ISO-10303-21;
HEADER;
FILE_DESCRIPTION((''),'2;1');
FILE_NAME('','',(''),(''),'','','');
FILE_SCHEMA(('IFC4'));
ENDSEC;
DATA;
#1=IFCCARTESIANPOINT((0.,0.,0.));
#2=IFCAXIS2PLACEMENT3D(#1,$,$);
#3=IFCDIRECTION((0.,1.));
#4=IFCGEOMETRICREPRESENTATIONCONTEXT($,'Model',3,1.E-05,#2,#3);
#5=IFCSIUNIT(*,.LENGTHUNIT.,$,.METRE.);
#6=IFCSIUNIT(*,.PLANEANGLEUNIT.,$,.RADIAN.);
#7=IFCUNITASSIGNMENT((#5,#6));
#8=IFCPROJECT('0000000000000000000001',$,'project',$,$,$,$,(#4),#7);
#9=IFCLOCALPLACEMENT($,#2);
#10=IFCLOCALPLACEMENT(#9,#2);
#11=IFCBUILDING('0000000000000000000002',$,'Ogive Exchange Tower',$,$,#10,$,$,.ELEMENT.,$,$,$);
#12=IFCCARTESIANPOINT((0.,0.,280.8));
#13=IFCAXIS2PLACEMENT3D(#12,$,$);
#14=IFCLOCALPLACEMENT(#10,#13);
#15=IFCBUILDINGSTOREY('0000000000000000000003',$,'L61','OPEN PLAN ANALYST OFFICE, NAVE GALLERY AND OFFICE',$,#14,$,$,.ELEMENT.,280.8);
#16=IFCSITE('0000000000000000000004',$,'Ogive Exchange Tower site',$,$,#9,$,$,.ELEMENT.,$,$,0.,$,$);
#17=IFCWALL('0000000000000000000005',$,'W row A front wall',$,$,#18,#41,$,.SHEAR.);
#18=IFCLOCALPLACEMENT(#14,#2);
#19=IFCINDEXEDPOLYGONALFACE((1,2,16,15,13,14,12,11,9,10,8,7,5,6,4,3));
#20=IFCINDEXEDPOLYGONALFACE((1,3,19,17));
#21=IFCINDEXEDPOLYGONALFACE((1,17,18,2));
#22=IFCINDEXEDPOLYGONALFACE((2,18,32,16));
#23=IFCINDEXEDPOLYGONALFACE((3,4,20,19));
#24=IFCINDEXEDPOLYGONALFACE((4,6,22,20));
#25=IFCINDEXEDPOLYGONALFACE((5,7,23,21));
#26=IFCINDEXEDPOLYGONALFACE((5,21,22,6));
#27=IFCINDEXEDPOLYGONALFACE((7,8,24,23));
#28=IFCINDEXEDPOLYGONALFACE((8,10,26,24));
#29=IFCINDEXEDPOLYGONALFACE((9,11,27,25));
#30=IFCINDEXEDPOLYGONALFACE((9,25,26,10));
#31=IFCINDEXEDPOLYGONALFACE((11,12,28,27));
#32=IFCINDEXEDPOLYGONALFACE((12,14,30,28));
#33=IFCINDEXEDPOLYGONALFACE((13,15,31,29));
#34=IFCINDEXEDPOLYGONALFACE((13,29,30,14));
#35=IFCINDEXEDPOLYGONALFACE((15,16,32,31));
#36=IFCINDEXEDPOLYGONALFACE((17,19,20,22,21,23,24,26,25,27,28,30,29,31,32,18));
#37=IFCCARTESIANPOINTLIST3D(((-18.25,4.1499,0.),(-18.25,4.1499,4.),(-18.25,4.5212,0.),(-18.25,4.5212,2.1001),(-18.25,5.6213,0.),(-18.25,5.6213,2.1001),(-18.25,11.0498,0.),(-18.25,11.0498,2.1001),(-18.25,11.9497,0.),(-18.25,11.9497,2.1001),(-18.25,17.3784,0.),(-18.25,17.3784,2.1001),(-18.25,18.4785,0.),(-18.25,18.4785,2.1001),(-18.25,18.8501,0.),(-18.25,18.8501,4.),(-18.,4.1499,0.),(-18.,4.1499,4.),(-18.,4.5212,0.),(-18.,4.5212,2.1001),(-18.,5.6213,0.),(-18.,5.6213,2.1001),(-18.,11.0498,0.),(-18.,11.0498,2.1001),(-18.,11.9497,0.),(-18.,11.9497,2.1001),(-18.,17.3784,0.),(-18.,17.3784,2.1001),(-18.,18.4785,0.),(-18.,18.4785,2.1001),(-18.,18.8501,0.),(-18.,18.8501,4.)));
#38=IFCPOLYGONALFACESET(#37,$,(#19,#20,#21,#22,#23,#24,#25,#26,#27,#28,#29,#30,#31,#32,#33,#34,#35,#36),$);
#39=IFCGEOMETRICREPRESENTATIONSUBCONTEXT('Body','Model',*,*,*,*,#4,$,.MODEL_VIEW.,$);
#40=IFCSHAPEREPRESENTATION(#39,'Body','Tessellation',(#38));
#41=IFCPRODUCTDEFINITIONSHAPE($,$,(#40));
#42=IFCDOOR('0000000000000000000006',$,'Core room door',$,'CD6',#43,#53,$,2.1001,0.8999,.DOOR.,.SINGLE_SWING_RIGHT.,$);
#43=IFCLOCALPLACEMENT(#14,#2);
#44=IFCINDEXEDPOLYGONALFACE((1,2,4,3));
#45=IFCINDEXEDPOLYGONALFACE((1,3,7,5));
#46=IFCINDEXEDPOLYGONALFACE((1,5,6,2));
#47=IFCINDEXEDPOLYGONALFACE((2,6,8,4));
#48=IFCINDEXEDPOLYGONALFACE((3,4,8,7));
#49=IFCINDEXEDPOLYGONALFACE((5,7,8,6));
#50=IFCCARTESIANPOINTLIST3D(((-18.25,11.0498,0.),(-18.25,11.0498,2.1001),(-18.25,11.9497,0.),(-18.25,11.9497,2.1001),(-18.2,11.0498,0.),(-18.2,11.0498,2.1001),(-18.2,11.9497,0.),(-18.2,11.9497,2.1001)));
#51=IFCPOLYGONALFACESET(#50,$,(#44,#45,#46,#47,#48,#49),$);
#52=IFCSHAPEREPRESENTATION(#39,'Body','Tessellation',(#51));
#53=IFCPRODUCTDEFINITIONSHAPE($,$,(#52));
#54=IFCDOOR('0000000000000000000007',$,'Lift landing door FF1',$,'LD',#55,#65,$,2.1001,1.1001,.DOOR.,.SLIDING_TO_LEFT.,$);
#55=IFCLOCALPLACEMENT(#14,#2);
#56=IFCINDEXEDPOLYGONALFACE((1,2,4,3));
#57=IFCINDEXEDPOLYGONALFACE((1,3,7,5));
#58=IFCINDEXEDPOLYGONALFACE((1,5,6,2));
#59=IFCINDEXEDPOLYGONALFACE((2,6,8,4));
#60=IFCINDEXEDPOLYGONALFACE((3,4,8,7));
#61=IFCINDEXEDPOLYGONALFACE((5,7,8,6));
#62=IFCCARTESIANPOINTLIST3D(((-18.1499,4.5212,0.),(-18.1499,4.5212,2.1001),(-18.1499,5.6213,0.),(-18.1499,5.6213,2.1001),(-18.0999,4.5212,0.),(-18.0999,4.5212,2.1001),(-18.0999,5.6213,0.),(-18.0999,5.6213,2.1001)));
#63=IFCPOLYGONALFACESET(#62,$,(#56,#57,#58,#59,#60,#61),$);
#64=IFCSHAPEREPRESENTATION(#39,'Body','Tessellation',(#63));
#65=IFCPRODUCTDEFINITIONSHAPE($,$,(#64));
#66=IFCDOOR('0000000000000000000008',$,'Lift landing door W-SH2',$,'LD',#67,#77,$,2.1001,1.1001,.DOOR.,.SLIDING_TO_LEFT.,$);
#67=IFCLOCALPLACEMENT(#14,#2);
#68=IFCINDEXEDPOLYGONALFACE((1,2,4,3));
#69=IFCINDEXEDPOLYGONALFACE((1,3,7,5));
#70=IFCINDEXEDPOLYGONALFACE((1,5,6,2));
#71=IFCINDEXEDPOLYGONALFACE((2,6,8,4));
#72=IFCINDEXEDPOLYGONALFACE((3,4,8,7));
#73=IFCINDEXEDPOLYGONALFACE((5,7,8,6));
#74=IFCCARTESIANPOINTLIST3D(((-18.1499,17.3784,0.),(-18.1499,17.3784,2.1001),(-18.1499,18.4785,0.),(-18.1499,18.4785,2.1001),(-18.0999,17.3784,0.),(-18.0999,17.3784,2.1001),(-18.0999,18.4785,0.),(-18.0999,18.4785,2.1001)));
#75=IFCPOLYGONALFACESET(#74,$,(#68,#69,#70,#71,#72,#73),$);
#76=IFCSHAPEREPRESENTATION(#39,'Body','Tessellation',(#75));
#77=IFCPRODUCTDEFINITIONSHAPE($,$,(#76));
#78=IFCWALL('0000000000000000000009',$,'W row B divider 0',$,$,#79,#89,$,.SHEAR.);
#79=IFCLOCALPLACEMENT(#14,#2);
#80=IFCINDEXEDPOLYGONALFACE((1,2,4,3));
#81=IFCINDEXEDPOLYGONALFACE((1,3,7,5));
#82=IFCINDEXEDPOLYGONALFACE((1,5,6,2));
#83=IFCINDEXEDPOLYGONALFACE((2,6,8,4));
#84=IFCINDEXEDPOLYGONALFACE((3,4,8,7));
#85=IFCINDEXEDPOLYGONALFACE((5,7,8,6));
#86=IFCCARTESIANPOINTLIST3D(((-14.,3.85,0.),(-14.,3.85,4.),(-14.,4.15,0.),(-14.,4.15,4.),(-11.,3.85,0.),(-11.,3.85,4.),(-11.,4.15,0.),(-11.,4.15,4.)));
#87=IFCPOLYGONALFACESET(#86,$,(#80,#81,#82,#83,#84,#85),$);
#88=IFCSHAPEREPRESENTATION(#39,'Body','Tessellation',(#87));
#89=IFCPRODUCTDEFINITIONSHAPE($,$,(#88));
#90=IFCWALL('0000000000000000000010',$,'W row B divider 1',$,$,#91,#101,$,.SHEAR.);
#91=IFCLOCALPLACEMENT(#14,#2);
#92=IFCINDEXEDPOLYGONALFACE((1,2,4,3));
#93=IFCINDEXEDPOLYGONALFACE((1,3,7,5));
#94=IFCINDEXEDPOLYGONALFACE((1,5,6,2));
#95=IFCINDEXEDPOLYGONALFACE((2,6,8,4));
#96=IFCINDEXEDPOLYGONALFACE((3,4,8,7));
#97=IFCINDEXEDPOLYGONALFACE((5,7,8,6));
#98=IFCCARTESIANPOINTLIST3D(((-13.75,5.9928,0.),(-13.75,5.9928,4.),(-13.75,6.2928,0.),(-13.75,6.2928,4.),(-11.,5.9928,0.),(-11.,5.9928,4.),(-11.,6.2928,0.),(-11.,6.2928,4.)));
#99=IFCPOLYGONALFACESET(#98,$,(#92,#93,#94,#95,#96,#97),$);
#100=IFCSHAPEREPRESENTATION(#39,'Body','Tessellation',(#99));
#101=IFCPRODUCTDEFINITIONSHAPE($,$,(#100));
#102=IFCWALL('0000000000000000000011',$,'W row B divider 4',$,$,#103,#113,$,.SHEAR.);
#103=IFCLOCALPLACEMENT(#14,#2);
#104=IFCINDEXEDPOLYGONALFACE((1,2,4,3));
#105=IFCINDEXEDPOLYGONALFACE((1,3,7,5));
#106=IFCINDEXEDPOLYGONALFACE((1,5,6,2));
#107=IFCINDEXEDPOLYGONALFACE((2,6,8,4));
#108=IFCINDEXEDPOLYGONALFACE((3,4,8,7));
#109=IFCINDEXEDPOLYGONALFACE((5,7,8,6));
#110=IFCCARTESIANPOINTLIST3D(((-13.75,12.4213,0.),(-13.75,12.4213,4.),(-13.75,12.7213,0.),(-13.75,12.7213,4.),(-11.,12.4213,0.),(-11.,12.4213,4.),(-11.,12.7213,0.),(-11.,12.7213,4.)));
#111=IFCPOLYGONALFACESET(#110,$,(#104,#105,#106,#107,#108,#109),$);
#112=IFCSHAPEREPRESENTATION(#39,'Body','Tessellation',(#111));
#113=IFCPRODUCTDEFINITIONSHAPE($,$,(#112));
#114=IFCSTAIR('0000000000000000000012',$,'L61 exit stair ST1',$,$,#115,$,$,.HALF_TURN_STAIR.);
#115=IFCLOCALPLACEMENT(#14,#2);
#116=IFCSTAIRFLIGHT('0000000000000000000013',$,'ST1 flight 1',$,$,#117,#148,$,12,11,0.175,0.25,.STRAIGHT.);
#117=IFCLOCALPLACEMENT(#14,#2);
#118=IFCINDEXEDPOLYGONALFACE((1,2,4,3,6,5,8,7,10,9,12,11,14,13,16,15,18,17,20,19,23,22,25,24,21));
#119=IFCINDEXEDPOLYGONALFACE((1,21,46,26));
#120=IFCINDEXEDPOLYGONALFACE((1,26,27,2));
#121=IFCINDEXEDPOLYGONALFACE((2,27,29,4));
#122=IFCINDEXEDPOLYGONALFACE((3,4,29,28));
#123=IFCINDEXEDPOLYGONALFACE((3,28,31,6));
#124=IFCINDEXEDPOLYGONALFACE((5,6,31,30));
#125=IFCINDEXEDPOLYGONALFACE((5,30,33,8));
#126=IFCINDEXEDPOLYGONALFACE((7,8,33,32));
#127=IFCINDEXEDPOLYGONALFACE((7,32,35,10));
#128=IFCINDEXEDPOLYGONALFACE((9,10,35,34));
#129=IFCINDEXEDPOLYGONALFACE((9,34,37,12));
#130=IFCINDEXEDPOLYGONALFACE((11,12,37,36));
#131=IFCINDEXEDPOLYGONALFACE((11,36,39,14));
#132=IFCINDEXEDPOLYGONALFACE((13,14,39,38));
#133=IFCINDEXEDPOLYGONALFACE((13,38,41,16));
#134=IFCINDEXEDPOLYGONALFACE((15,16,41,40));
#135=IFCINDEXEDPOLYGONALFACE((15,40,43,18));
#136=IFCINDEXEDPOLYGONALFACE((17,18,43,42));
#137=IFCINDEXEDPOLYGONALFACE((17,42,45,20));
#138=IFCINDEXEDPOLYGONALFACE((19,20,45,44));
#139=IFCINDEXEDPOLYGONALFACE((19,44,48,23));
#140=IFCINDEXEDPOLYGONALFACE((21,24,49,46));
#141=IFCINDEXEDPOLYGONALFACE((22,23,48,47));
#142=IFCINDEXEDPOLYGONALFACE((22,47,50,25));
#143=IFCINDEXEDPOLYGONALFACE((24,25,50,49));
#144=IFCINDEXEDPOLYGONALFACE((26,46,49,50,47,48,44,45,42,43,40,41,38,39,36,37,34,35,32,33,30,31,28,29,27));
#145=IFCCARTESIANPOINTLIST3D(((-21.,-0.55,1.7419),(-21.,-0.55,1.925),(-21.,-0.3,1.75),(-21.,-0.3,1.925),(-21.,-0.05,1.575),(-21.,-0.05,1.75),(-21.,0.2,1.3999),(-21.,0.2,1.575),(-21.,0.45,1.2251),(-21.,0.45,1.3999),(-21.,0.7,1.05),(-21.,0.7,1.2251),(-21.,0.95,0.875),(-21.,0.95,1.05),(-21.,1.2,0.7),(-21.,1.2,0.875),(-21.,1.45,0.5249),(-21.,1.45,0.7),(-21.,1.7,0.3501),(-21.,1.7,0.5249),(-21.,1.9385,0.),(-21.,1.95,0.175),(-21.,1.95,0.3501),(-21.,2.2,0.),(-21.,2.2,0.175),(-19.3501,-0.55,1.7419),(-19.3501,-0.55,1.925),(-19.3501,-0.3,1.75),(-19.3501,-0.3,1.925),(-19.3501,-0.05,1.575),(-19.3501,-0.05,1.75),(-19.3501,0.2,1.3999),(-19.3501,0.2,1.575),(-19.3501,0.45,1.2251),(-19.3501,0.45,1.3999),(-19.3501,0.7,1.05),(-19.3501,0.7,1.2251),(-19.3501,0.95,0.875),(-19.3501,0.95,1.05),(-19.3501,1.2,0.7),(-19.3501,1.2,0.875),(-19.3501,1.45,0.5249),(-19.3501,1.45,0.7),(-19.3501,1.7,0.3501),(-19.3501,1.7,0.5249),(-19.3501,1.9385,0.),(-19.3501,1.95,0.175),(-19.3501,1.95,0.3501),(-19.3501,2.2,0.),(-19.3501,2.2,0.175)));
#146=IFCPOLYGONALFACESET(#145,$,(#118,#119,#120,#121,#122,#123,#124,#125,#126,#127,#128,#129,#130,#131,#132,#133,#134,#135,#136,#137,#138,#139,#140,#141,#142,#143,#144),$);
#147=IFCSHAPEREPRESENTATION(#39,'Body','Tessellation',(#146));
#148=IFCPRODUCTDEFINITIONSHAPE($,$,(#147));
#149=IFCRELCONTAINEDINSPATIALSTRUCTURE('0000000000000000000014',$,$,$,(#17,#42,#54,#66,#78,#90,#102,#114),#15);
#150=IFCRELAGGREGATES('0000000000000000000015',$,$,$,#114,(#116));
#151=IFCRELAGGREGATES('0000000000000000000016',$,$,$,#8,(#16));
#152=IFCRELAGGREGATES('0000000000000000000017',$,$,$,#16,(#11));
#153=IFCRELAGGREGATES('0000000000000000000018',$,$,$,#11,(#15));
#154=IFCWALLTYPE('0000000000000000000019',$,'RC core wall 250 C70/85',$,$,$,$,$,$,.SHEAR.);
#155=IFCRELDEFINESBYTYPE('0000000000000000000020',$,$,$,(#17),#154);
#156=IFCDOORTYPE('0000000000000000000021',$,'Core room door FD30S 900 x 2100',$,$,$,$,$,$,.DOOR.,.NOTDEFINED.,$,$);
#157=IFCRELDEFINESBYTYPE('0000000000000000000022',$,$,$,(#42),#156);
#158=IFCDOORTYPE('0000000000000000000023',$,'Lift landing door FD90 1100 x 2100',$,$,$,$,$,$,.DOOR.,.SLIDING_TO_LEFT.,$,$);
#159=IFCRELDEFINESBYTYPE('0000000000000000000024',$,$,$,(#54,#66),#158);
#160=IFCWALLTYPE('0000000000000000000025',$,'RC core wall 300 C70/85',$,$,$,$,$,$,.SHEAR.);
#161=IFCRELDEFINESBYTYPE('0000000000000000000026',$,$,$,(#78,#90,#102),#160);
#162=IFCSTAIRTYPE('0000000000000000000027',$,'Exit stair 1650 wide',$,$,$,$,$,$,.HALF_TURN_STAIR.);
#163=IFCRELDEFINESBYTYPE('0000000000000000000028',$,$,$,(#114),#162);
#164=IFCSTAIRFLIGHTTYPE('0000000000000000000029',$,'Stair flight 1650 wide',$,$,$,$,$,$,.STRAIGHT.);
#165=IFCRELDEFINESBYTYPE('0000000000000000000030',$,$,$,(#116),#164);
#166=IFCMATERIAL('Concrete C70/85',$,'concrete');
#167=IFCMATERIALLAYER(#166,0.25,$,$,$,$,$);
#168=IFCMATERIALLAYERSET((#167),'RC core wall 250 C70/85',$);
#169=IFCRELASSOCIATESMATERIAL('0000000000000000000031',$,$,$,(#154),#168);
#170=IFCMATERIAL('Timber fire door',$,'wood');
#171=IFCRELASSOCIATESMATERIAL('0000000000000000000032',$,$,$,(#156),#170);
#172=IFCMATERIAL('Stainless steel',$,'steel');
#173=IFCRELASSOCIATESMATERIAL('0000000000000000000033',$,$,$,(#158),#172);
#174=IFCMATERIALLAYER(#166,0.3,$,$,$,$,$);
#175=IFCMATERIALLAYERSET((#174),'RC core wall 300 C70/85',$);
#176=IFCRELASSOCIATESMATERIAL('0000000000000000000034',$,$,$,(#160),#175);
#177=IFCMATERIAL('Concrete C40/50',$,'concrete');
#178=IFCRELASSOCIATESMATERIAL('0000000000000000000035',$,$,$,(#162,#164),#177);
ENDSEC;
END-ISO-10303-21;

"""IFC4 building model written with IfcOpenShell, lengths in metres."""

from ifc_helpers import new_model, si_unit, direction, frame, frame_2d, origin, place, context, subcontext, project, spatial, polyline, rectangle, outline, extrude, material, layer, layer_set, type_object, element, fill, aggregate, save


model = new_model("IFC4")

# Units and contexts
model_context = context("Model", 3, precision=1e-05, world=origin(), true_north=direction((0.0, 1.0)))
body_context = subcontext(model_context, "Body", "Model", "MODEL_VIEW")
ifc_project = project(units=[si_unit("LENGTHUNIT", "METRE"), si_unit("PLANEANGLEUNIT", "RADIAN")], contexts=[model_context])

# Site, building, storey
site_placement = place(None, origin())
site = spatial("IfcSite", under=ifc_project, at=site_placement, Name="Ogive Exchange Tower site", CompositionType="ELEMENT", RefElevation=0.0)
building_placement = place(site_placement, origin())
building = spatial("IfcBuilding", under=site, at=building_placement, Name="Ogive Exchange Tower", CompositionType="ELEMENT")
storey_placement = place(building_placement, frame((0.0, 0.0, 280.8)))
storey = spatial("IfcBuildingStorey", under=building, at=storey_placement, Name="L61", Description="OPEN PLAN ANALYST OFFICE, NAVE GALLERY AND OFFICE", CompositionType="ELEMENT", Elevation=280.8)

# Shared definitions
ifc_material_1 = material(Name="Concrete C70/85", Category="concrete")

# Wall, openings, doors
ifc_layer_1 = layer(ifc_material_1, 0.25)
ifc_layer_set_1 = layer_set([ifc_layer_1], Name="RC core wall 250 C70/85")
wall_type_1 = type_object("IfcWallType", Name="RC core wall 250 C70/85", PredefinedType="SHEAR", material=ifc_layer_set_1)
wall_1_placement = place(storey_placement, frame((-18.125, 4.1499, 0.0), z_axis=(0.0, 0.0, 1.0), x_axis=(0.0, 1.0, 0.0)))
wall_1 = element("IfcWall", 1, at=wall_1_placement, inside=storey, type_object=wall_type_1, Name="W row A front wall", PredefinedType="SHEAR", context=body_context, shape_type="SweptSolid", body=[
    extrude(rectangle(XDim=14.7002, YDim=0.25, at=frame_2d((7.3501, 0.0))), origin(), (0.0, 0.0, 1.0), 4.0),
])
opening_1_placement = place(wall_1_placement, frame((6.8999, 0.0, 0.0)))
opening_1 = element("IfcOpeningElement", 2, at=opening_1_placement, cuts=wall_1, PredefinedType="OPENING", context=body_context, shape_type="SweptSolid", body=[
    extrude(rectangle(XDim=0.8999, YDim=2.1001, at=frame_2d((0.45, 1.05))), frame((0.0, 0.135, 0.0), z_axis=(0.0, -1.0, 0.0), x_axis=(1.0, 0.0, 0.0)), (0.0, 0.0, 1.0), 0.27),
])
opening_2_placement = place(wall_1_placement, frame((0.3713, 0.0, 0.0)))
opening_2 = element("IfcOpeningElement", 3, at=opening_2_placement, cuts=wall_1, PredefinedType="OPENING", context=body_context, shape_type="SweptSolid", body=[
    extrude(rectangle(XDim=1.1001, YDim=2.1001, at=frame_2d((0.55, 1.05))), frame((0.0, 0.135, 0.0), z_axis=(0.0, -1.0, 0.0), x_axis=(1.0, 0.0, 0.0)), (0.0, 0.0, 1.0), 0.27),
])
opening_3_placement = place(wall_1_placement, frame((13.2285, 0.0, 0.0)))
opening_3 = element("IfcOpeningElement", 4, at=opening_3_placement, cuts=wall_1, PredefinedType="OPENING", context=body_context, shape_type="SweptSolid", body=[
    extrude(rectangle(XDim=1.1001, YDim=2.1001, at=frame_2d((0.55, 1.05))), frame((0.0, 0.135, 0.0), z_axis=(0.0, -1.0, 0.0), x_axis=(1.0, 0.0, 0.0)), (0.0, 0.0, 1.0), 0.27),
])
ifc_material_2 = material(Name="Timber fire door", Category="wood")
door_type_1 = type_object("IfcDoorType", Name="Core room door FD30S 900 x 2100", OperationType="NOTDEFINED", PredefinedType="DOOR", material=ifc_material_2)
door_1_placement = place(opening_1_placement, origin())
door_1 = element("IfcDoor", 5, at=door_1_placement, inside=storey, type_object=door_type_1, Name="Core room door", ObjectType="CD6", OperationType="SINGLE_SWING_RIGHT", OverallHeight=2.1001, OverallWidth=0.8999, PredefinedType="DOOR", context=body_context, shape_type="SweptSolid", body=[
    extrude(rectangle(XDim=0.8999, YDim=2.1001, at=frame_2d((0.45, 1.05))), frame((0.0, 0.125, 0.0), z_axis=(0.0, -1.0, 0.0), x_axis=(1.0, 0.0, 0.0)), (0.0, 0.0, 1.0), 0.05),
])
fill(opening_1, door_1)
ifc_material_3 = material(Name="Stainless steel", Category="steel")
door_type_2 = type_object("IfcDoorType", Name="Lift landing door FD90 1100 x 2100", OperationType="SLIDING_TO_LEFT", PredefinedType="DOOR", material=ifc_material_3)
door_2_placement = place(opening_2_placement, origin())
door_2 = element("IfcDoor", 6, at=door_2_placement, inside=storey, type_object=door_type_2, Name="Lift landing door FF1", ObjectType="LD", OperationType="SLIDING_TO_LEFT", OverallHeight=2.1001, OverallWidth=1.1001, PredefinedType="DOOR", context=body_context, shape_type="SweptSolid", body=[
    extrude(rectangle(XDim=1.1001, YDim=2.1001, at=frame_2d((0.55, 1.05))), frame((0.0, 0.0249, 0.0), z_axis=(0.0, -1.0, 0.0), x_axis=(1.0, 0.0, 0.0)), (0.0, 0.0, 1.0), 0.05),
])
fill(opening_2, door_2)
door_3_placement = place(opening_3_placement, origin())
door_3 = element("IfcDoor", 7, at=door_3_placement, inside=storey, type_object=door_type_2, Name="Lift landing door W-SH2", ObjectType="LD", OperationType="SLIDING_TO_LEFT", OverallHeight=2.1001, OverallWidth=1.1001, PredefinedType="DOOR", context=body_context, shape_type="SweptSolid", body=[
    extrude(rectangle(XDim=1.1001, YDim=2.1001, at=frame_2d((0.55, 1.05))), frame((0.0, 0.0249, 0.0), z_axis=(0.0, -1.0, 0.0), x_axis=(1.0, 0.0, 0.0)), (0.0, 0.0, 1.0), 0.05),
])
fill(opening_3, door_3)

# Walls
ifc_layer_2 = layer(ifc_material_1, 0.3)
ifc_layer_set_2 = layer_set([ifc_layer_2], Name="RC core wall 300 C70/85")
wall_type_2 = type_object("IfcWallType", Name="RC core wall 300 C70/85", PredefinedType="SHEAR", material=ifc_layer_set_2)
wall_2_placement = place(storey_placement, frame((-14.0, 4.0, 0.0), z_axis=(0.0, 0.0, 1.0), x_axis=(1.0, 0.0, 0.0)))
element("IfcWall", 8, at=wall_2_placement, inside=storey, type_object=wall_type_2, Name="W row B divider 0", PredefinedType="SHEAR", context=body_context, shape_type="SweptSolid", body=[
    extrude(rectangle(XDim=3.0, YDim=0.3, at=frame_2d((1.5, 0.0))), origin(), (0.0, 0.0, 1.0), 4.0),
])
for number, where, z_axis, x_axis, name in (
    (9, (-13.75, 6.1428, 0.0), (0.0, 0.0, 1.0), (1.0, 0.0, 0.0), "W row B divider 1"),
    (10, (-13.75, 12.5713, 0.0), (0.0, 0.0, 1.0), (1.0, 0.0, 0.0), "W row B divider 4"),
):
    element("IfcWall", number, at=place(storey_placement, frame(where, z_axis=z_axis, x_axis=x_axis)), inside=storey, type_object=wall_type_2, Name=name, PredefinedType="SHEAR", context=body_context, shape_type="SweptSolid", body=[
        extrude(rectangle(XDim=2.75, YDim=0.3, at=frame_2d((1.375, 0.0))), origin(), (0.0, 0.0, 1.0), 4.0),
    ])

# Stair, stair flight
ifc_material_4 = material(Name="Concrete C40/50", Category="concrete")
stair_type = type_object("IfcStairType", Name="Exit stair 1650 wide", PredefinedType="HALF_TURN_STAIR", material=ifc_material_4)
stair_placement = place(storey_placement, origin())
stair = element("IfcStair", 11, at=stair_placement, inside=storey, type_object=stair_type, Name="L61 exit stair ST1", PredefinedType="HALF_TURN_STAIR")
stair_flight_type = type_object("IfcStairFlightType", Name="Stair flight 1650 wide", PredefinedType="STRAIGHT", material=ifc_material_4)
stair_flight_placement = place(storey_placement, frame((-20.175, 2.2, 0.0), z_axis=(0.0, 0.0, 1.0), x_axis=(0.0, -1.0, 0.0)))
stair_flight = element("IfcStairFlight", 12, at=stair_flight_placement, type_object=stair_flight_type, Name="ST1 flight 1", NumberOfRisers=12, NumberOfTreads=11, PredefinedType="STRAIGHT", RiserHeight=0.175, TreadLength=0.25, context=body_context, shape_type="SweptSolid", body=[
    extrude(outline(polyline([(0.0, 0.0), (0.0, 0.175), (0.25, 0.175), (0.25, 0.3501), (0.5, 0.3501), (0.5, 0.5249), (0.75, 0.5249), (0.75, 0.7), (1.0, 0.7), (1.0, 0.875), (1.25, 0.875), (1.25, 1.05), (1.5, 1.05), (1.5, 1.2251), (1.75, 1.2251), (1.75, 1.3999), (2.0, 1.3999), (2.0, 1.575), (2.25, 1.575), (2.25, 1.75), (2.5, 1.75), (2.5, 1.925), (2.75, 1.925), (2.75, 2.1001), (2.75, 1.7419), (0.2615, 0.0), (0.0, 0.0)])), frame((0.0, 0.825, 0.0), z_axis=(0.0, -1.0, 0.0), x_axis=(1.0, 0.0, 0.0)), (0.0, 0.0, 1.0), 1.6499),
])
aggregate(stair, [stair_flight])

save(model, "model.ifc")
